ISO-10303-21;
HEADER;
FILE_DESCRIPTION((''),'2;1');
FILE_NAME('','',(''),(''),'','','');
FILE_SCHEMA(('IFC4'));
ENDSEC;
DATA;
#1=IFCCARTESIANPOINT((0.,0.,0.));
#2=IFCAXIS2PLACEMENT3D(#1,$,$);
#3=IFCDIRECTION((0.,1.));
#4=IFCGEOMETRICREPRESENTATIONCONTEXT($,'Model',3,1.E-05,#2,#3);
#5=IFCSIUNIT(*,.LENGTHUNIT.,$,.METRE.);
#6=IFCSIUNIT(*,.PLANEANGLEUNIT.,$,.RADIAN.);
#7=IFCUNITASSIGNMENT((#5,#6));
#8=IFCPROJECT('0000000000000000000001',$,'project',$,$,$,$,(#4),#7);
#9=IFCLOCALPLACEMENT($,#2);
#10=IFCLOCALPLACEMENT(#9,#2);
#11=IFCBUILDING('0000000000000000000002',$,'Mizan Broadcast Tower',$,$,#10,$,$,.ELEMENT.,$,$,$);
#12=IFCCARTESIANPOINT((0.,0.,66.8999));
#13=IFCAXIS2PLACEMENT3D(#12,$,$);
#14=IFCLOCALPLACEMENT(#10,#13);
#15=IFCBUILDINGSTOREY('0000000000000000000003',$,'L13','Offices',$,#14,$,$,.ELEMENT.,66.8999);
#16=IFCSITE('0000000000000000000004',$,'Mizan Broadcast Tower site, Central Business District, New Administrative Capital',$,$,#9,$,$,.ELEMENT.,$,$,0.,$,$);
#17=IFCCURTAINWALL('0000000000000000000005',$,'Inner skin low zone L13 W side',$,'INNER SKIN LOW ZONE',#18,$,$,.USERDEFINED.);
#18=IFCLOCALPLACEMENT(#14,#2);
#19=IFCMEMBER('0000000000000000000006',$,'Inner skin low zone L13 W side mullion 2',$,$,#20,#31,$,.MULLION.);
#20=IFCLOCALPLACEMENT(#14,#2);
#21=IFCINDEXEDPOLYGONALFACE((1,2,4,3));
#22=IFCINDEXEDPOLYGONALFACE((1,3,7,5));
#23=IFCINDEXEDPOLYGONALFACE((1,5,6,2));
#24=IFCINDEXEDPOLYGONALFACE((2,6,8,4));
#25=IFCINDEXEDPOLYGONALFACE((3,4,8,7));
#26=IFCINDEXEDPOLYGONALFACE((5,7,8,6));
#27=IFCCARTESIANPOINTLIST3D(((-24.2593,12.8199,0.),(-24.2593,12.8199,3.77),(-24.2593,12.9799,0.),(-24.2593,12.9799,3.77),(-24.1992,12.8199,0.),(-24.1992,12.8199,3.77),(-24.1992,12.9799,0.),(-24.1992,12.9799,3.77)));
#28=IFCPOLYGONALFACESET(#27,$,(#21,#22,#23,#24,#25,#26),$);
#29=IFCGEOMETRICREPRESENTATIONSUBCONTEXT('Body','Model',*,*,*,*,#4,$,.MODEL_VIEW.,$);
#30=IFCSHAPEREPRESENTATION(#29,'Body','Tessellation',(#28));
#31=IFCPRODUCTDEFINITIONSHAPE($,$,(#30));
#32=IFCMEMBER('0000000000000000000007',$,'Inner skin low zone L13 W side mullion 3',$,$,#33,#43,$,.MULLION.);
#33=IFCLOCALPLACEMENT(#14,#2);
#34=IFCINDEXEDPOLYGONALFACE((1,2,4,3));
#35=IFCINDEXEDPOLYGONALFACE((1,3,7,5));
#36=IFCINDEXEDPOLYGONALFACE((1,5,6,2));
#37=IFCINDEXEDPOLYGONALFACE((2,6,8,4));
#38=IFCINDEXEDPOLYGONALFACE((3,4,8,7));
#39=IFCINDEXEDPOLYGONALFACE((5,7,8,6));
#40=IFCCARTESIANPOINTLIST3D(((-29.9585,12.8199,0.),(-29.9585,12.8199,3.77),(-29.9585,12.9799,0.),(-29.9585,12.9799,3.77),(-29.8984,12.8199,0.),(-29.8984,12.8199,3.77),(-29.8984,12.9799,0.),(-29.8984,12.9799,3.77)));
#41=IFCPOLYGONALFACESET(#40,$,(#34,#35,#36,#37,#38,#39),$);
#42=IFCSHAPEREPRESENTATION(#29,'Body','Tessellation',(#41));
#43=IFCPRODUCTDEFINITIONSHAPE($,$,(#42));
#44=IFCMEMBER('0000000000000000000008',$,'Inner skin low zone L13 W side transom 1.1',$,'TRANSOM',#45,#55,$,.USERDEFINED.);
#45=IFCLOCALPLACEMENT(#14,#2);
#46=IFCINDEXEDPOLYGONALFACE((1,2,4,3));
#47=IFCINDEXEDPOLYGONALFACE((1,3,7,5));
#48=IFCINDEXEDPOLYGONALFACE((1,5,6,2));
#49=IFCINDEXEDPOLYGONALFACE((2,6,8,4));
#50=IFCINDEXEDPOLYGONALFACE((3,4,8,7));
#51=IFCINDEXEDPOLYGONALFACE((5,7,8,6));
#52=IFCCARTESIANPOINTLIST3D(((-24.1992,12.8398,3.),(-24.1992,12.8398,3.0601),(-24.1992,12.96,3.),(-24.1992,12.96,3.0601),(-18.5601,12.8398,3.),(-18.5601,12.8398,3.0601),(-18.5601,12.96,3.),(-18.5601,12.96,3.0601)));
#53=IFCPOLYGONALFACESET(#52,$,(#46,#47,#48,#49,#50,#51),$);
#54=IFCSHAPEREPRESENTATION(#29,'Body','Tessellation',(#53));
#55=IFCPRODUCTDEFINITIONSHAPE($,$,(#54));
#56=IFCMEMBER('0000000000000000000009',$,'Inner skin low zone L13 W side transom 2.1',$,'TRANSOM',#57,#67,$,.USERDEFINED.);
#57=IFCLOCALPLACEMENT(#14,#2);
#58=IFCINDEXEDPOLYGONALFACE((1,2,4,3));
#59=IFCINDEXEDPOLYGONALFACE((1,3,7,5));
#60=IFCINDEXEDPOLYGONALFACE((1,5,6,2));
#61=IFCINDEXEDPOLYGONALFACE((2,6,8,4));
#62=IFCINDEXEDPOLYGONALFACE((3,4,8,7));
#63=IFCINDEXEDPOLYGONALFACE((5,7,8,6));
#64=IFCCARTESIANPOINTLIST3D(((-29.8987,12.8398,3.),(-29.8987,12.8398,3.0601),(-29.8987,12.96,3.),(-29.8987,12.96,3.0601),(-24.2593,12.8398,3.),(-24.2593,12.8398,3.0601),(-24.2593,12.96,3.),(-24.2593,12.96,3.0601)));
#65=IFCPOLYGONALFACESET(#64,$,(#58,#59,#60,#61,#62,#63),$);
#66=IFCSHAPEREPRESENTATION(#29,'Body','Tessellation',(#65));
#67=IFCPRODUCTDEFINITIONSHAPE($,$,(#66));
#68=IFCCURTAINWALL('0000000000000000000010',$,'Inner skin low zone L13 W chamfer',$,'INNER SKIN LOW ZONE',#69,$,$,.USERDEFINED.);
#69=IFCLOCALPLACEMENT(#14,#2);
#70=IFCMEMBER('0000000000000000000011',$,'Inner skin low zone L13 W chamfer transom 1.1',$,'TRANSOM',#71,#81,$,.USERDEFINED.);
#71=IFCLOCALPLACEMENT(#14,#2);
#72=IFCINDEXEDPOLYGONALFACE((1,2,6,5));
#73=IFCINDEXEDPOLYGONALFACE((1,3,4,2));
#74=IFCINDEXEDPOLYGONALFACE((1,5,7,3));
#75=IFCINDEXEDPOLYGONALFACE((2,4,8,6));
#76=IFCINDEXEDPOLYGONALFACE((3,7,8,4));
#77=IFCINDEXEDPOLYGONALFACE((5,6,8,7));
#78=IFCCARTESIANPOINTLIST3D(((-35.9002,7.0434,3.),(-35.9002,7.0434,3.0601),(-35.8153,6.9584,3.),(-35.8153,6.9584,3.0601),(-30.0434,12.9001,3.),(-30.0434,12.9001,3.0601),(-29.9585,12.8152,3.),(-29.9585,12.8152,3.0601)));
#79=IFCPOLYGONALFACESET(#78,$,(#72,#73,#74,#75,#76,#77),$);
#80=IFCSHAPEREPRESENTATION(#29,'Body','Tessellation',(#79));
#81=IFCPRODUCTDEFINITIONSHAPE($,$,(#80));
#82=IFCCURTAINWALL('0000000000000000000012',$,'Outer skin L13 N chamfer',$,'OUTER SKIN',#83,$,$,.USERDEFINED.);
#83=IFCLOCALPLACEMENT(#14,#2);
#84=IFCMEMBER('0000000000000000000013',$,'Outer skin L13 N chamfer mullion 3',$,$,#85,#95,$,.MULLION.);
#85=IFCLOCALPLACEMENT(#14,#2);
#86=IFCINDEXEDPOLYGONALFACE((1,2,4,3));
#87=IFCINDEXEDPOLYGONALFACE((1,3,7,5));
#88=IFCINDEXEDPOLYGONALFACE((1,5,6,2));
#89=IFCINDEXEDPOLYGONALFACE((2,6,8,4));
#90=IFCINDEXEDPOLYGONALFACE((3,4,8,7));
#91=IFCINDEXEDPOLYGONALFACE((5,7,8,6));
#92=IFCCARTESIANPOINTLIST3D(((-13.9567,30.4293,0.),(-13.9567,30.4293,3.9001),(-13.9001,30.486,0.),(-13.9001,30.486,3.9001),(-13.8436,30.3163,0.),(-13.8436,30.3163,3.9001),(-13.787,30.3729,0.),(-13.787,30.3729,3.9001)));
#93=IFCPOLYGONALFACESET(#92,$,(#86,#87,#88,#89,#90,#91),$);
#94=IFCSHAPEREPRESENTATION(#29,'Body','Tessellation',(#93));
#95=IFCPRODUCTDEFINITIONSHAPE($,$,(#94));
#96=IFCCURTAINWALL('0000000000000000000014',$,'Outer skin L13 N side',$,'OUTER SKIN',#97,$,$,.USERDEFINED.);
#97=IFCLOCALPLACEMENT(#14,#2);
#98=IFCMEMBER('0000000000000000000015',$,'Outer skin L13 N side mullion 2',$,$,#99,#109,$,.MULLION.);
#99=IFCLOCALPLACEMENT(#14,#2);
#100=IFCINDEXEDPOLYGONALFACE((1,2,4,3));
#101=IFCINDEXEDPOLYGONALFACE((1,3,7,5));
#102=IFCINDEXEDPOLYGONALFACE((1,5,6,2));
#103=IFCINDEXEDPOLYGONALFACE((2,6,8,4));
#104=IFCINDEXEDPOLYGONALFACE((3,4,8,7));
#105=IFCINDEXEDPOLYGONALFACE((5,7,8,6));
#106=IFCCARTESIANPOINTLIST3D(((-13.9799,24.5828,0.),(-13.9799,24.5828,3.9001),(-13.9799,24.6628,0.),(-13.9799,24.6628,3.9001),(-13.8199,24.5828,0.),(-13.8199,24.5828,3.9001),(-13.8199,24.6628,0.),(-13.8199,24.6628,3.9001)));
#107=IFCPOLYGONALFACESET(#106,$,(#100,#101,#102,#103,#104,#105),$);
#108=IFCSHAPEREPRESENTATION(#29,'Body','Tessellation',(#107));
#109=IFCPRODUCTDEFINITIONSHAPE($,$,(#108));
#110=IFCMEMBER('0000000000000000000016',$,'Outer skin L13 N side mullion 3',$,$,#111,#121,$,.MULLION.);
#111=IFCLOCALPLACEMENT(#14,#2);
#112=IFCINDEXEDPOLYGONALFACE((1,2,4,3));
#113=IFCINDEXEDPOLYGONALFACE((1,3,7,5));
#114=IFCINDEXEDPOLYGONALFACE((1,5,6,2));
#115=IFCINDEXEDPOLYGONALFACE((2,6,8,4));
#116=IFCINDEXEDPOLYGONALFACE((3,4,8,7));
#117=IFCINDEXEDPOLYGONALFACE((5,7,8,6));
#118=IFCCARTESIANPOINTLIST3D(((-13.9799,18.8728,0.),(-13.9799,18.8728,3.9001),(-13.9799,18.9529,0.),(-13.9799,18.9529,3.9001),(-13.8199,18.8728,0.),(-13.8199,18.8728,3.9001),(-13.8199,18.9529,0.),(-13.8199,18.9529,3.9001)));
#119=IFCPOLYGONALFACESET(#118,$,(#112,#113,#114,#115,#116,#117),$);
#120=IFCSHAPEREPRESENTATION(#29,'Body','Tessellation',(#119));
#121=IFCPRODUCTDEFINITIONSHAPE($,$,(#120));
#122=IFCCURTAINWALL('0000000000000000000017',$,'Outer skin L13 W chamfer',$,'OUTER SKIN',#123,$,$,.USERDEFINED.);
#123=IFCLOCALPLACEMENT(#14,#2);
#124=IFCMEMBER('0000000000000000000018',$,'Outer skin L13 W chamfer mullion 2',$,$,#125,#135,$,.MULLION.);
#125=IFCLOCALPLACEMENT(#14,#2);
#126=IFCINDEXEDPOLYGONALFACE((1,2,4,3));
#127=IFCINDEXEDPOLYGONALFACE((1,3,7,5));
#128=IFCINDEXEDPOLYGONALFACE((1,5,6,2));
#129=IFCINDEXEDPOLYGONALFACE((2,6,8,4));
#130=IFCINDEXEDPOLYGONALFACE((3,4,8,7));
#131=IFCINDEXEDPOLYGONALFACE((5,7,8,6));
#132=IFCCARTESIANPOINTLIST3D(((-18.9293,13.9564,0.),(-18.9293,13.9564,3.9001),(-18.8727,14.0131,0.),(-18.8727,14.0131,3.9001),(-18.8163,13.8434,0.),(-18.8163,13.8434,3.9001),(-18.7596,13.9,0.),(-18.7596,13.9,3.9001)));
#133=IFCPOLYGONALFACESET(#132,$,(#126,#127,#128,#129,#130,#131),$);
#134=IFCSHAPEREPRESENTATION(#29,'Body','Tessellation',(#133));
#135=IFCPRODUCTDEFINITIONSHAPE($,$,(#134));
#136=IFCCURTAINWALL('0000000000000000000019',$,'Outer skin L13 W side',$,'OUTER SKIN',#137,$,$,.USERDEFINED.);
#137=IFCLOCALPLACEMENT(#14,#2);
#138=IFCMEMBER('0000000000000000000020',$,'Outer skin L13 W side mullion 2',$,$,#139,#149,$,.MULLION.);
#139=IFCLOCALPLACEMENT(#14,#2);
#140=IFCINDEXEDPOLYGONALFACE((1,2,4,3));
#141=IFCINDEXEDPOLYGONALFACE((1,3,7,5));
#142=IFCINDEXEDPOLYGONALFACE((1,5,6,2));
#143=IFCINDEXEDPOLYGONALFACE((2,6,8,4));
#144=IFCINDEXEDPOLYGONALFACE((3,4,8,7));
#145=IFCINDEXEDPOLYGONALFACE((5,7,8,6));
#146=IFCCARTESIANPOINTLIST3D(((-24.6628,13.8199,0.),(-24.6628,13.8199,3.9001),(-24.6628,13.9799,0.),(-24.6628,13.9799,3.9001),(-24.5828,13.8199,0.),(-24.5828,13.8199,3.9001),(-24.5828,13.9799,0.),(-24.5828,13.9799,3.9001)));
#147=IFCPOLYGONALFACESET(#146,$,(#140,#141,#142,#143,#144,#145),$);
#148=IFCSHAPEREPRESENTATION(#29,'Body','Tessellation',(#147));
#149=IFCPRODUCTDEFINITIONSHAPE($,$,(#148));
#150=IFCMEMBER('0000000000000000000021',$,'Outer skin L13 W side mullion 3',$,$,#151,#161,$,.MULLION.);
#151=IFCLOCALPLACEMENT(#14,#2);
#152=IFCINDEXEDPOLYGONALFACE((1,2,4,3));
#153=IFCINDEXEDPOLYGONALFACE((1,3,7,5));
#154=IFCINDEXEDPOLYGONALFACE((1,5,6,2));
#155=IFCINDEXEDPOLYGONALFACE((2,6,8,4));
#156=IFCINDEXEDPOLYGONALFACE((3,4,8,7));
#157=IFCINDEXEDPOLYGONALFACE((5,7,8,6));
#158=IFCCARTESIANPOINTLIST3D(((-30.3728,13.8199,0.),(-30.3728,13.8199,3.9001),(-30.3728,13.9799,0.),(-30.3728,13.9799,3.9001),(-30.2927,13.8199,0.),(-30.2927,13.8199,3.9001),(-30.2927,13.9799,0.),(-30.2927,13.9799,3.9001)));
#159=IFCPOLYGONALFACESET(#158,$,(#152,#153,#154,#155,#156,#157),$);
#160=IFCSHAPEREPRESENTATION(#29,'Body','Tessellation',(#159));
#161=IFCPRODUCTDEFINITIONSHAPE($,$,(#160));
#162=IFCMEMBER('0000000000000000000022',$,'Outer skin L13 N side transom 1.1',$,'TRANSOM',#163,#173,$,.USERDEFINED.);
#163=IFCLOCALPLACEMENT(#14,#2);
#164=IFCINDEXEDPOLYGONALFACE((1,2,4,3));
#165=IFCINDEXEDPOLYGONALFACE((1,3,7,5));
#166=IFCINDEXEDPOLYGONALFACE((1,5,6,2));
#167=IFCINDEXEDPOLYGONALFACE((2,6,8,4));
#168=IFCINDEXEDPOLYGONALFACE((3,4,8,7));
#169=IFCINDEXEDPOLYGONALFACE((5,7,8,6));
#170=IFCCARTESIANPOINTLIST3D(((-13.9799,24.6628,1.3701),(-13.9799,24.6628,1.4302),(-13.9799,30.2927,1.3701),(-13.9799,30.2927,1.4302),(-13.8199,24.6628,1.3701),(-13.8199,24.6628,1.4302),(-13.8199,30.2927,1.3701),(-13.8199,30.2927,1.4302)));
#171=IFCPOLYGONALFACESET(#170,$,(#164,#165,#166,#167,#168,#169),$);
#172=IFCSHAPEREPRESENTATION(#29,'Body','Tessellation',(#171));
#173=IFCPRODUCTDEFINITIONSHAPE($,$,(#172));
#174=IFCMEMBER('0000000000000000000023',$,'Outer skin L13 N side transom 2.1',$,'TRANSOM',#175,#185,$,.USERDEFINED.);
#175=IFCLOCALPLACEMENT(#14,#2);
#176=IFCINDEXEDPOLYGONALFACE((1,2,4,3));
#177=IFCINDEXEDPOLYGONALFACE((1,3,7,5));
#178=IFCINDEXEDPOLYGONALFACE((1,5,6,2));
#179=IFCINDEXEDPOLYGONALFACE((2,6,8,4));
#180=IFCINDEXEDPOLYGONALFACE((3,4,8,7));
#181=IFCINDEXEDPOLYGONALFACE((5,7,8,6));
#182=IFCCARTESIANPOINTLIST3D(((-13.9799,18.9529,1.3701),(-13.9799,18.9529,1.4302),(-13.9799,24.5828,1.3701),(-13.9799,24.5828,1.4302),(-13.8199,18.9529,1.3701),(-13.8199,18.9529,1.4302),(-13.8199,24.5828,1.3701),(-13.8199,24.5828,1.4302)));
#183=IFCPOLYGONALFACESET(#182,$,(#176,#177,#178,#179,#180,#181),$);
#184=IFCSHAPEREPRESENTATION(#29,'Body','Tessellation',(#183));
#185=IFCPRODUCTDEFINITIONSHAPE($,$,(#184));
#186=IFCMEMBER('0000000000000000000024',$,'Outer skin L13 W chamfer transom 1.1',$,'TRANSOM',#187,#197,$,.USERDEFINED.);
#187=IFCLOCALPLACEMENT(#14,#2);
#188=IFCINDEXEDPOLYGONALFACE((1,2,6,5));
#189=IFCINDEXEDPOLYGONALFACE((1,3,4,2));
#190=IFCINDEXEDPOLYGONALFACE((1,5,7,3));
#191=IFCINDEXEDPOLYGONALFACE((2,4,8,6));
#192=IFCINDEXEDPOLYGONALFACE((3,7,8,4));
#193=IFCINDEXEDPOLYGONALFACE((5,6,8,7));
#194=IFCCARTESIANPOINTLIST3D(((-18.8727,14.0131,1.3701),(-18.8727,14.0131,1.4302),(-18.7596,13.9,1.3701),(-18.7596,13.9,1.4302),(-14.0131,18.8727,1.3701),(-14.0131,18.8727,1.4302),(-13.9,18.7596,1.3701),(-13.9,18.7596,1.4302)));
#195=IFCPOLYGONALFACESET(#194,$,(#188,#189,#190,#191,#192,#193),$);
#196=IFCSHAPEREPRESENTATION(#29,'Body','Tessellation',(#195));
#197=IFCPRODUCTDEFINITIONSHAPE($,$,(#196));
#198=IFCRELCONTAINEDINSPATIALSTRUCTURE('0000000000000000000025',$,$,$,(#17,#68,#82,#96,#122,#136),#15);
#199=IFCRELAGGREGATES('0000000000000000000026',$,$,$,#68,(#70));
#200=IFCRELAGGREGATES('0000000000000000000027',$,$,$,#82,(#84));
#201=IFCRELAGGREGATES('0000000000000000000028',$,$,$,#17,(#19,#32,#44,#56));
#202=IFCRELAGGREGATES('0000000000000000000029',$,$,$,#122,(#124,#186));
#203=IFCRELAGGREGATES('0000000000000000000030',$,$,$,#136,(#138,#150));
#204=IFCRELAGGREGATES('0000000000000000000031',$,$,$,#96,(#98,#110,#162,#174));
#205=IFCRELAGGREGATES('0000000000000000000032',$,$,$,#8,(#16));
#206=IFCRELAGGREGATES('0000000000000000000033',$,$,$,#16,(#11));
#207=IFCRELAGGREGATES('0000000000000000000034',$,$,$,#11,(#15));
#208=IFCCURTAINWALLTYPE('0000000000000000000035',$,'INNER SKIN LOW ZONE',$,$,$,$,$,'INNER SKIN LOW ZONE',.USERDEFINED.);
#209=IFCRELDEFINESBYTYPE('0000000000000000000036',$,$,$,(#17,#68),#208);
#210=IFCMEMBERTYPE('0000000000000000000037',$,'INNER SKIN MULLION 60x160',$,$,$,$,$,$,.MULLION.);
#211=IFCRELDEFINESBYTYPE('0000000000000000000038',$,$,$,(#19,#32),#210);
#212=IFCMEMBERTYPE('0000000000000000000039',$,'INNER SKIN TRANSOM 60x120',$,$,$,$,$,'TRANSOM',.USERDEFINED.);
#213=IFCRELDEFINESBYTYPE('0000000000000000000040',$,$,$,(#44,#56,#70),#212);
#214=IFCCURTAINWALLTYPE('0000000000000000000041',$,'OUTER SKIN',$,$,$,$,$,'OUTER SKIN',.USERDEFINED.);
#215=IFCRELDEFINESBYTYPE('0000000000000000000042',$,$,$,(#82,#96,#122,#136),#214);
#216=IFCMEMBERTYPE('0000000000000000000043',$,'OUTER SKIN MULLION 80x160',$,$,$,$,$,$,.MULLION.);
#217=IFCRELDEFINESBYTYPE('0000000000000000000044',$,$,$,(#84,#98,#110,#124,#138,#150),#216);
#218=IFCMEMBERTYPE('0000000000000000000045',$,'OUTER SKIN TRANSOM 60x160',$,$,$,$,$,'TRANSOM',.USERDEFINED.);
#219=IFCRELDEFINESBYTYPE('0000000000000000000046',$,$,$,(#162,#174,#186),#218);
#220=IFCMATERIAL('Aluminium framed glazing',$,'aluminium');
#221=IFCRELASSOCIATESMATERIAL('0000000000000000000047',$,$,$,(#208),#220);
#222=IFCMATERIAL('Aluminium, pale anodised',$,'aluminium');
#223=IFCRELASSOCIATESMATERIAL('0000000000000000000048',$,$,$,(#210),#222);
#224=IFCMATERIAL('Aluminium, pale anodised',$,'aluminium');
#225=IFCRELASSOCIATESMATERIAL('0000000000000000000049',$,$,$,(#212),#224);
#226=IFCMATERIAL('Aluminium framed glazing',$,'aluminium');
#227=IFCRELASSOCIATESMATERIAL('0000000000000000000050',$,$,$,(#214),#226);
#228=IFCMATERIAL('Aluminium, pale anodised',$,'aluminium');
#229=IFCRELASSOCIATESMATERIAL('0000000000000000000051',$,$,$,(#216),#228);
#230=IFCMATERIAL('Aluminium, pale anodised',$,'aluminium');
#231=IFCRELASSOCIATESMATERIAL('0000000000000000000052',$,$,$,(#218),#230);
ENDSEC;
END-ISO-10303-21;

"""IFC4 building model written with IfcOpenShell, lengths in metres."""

from ifc_helpers import new_model, si_unit, direction, frame, origin, origin_2d, place, context, subcontext, project, spatial, rectangle, extrude, material, material_profile, profile_set, type_object, element, aggregate, save


model = new_model("IFC4")

# Units and contexts
model_context = context("Model", 3, precision=1e-05, world=origin(), true_north=direction((0.0, 1.0)))
body_context = subcontext(model_context, "Body", "Model", "MODEL_VIEW")
ifc_project = project(units=[si_unit("LENGTHUNIT", "METRE"), si_unit("PLANEANGLEUNIT", "RADIAN")], contexts=[model_context])

# Site, building, storey
site_placement = place(None, origin())
site = spatial("IfcSite", under=ifc_project, at=site_placement, Name="Mizan Broadcast Tower site, Central Business District, New Administrative Capital", CompositionType="ELEMENT", RefElevation=0.0)
building_placement = place(site_placement, origin())
building = spatial("IfcBuilding", under=site, at=building_placement, Name="Mizan Broadcast Tower", CompositionType="ELEMENT")
storey_placement = place(building_placement, frame((0.0, 0.0, 66.8999)))
storey = spatial("IfcBuildingStorey", under=building, at=storey_placement, Name="L13", Description="Offices", CompositionType="ELEMENT", Elevation=66.8999)

# Curtain wall, members
ifc_material_1 = material(Name="Aluminium framed glazing", Category="aluminium")
curtain_wall_type_1 = type_object("IfcCurtainWallType", Name="INNER SKIN LOW ZONE", ElementType="INNER SKIN LOW ZONE", PredefinedType="USERDEFINED", material=ifc_material_1)
curtain_wall_1_placement = place(storey_placement, origin())
curtain_wall_1 = element("IfcCurtainWall", 1, at=curtain_wall_1_placement, inside=storey, type_object=curtain_wall_type_1, Name="Inner skin low zone L13 W side", ObjectType="INNER SKIN LOW ZONE", PredefinedType="USERDEFINED")
ifc_material_2 = material(Name="Aluminium, pale anodised", Category="aluminium")
ifc_material_profile_1 = material_profile(ifc_material_2, rectangle(XDim=0.1599, YDim=0.0601, at=origin_2d()), Name="MULLION 160x60")
ifc_profile_set_1 = profile_set([ifc_material_profile_1], Name="Aluminium, pale anodised")
member_type_1 = type_object("IfcMemberType", Name="INNER SKIN MULLION 60x160", PredefinedType="MULLION", material=ifc_profile_set_1)
member_1_placement = place(storey_placement, frame((-24.2292, 12.8999, 0.0), z_axis=(0.0, 0.0, 1.0), x_axis=(0.0, -1.0, 0.0)))
member_1 = element("IfcMember", 2, at=member_1_placement, type_object=member_type_1, Name="Inner skin low zone L13 W side mullion 2", PredefinedType="MULLION", context=body_context, shape_type="SweptSolid", body=[
    extrude(rectangle(XDim=0.1599, YDim=0.0601, at=origin_2d()), origin(), (0.0, 0.0, 1.0), 3.77),
])
member_2_placement = place(storey_placement, frame((-29.9285, 12.8999, 0.0), z_axis=(0.0, 0.0, 1.0), x_axis=(0.0, -1.0, 0.0)))
member_2 = element("IfcMember", 3, at=member_2_placement, type_object=member_type_1, Name="Inner skin low zone L13 W side mullion 3", PredefinedType="MULLION", context=body_context, shape_type="SweptSolid", body=[
    extrude(rectangle(XDim=0.1599, YDim=0.0601, at=origin_2d()), origin(), (0.0, 0.0, 1.0), 3.77),
])
ifc_material_3 = material(Name="Aluminium, pale anodised", Category="aluminium")
ifc_material_profile_2 = material_profile(ifc_material_3, rectangle(XDim=0.1201, YDim=0.0601, at=origin_2d()), Name="TRANSOM 120x60")
ifc_profile_set_2 = profile_set([ifc_material_profile_2], Name="Aluminium, pale anodised")
member_type_2 = type_object("IfcMemberType", Name="INNER SKIN TRANSOM 60x120", ElementType="TRANSOM", PredefinedType="USERDEFINED", material=ifc_profile_set_2)
member_3_placement = place(storey_placement, frame((-18.5601, 12.8999, 3.03), z_axis=(-1.0, 0.0, 0.0), x_axis=(0.0, -1.0, 0.0)))
member_3 = element("IfcMember", 4, at=member_3_placement, type_object=member_type_2, Name="Inner skin low zone L13 W side transom 1.1", ObjectType="TRANSOM", PredefinedType="USERDEFINED", context=body_context, shape_type="SweptSolid", body=[
    extrude(rectangle(XDim=0.1201, YDim=0.0601, at=origin_2d()), origin(), (0.0, 0.0, 1.0), 5.6392),
])
member_4_placement = place(storey_placement, frame((-24.2593, 12.8999, 3.03), z_axis=(-1.0, 0.0, 0.0), x_axis=(0.0, -1.0, 0.0)))
member_4 = element("IfcMember", 5, at=member_4_placement, type_object=member_type_2, Name="Inner skin low zone L13 W side transom 2.1", ObjectType="TRANSOM", PredefinedType="USERDEFINED", context=body_context, shape_type="SweptSolid", body=[
    extrude(rectangle(XDim=0.1201, YDim=0.0601, at=origin_2d()), origin(), (0.0, 0.0, 1.0), 5.6394),
])

# Curtain walls, members
curtain_wall_2_placement = place(storey_placement, origin())
curtain_wall_2 = element("IfcCurtainWall", 6, at=curtain_wall_2_placement, inside=storey, type_object=curtain_wall_type_1, Name="Inner skin low zone L13 W chamfer", ObjectType="INNER SKIN LOW ZONE", PredefinedType="USERDEFINED")
member_5_placement = place(storey_placement, frame((-30.001, 12.8577, 3.03), z_axis=(-0.707107, -0.707107, 0.0), x_axis=(0.707107, -0.707107, 0.0)))
member_5 = element("IfcMember", 7, at=member_5_placement, type_object=member_type_2, Name="Inner skin low zone L13 W chamfer transom 1.1", ObjectType="TRANSOM", PredefinedType="USERDEFINED", context=body_context, shape_type="SweptSolid", body=[
    extrude(rectangle(XDim=0.1201, YDim=0.0601, at=origin_2d()), origin(), (0.0, 0.0, 1.0), 8.2827),
])
aggregate(curtain_wall_2, [member_5])
ifc_material_4 = material(Name="Aluminium framed glazing", Category="aluminium")
curtain_wall_type_2 = type_object("IfcCurtainWallType", Name="OUTER SKIN", ElementType="OUTER SKIN", PredefinedType="USERDEFINED", material=ifc_material_4)
curtain_wall_3_placement = place(storey_placement, origin())
curtain_wall_3 = element("IfcCurtainWall", 8, at=curtain_wall_3_placement, inside=storey, type_object=curtain_wall_type_2, Name="Outer skin L13 N chamfer", ObjectType="OUTER SKIN", PredefinedType="USERDEFINED")
ifc_material_5 = material(Name="Aluminium, pale anodised", Category="aluminium")
ifc_material_profile_3 = material_profile(ifc_material_5, rectangle(XDim=0.1599, YDim=0.0801, at=origin_2d()), Name="MULLION 160x80")
ifc_profile_set_3 = profile_set([ifc_material_profile_3], Name="Aluminium, pale anodised")
member_type_3 = type_object("IfcMemberType", Name="OUTER SKIN MULLION 80x160", PredefinedType="MULLION", material=ifc_profile_set_3)
member_6_placement = place(storey_placement, frame((-13.8718, 30.4011, 0.0), z_axis=(0.0, 0.0, 1.0), x_axis=(0.707107, -0.707107, 0.0)))
member_6 = element("IfcMember", 9, at=member_6_placement, type_object=member_type_3, Name="Outer skin L13 N chamfer mullion 3", PredefinedType="MULLION", context=body_context, shape_type="SweptSolid", body=[
    extrude(rectangle(XDim=0.1599, YDim=0.0801, at=origin_2d()), origin(), (0.0, 0.0, 1.0), 3.9001),
])
aggregate(curtain_wall_3, [member_6])

# Curtain wall, members
curtain_wall_4_placement = place(storey_placement, origin())
curtain_wall_4 = element("IfcCurtainWall", 10, at=curtain_wall_4_placement, inside=storey, type_object=curtain_wall_type_2, Name="Outer skin L13 N side", ObjectType="OUTER SKIN", PredefinedType="USERDEFINED")
member_7_placement = place(storey_placement, frame((-13.8999, 24.6228, 0.0), z_axis=(0.0, 0.0, 1.0), x_axis=(1.0, 0.0, 0.0)))
member_7 = element("IfcMember", 11, at=member_7_placement, type_object=member_type_3, Name="Outer skin L13 N side mullion 2", PredefinedType="MULLION", context=body_context, shape_type="SweptSolid", body=[
    extrude(rectangle(XDim=0.1599, YDim=0.0801, at=origin_2d()), origin(), (0.0, 0.0, 1.0), 3.9001),
])
member_8_placement = place(storey_placement, frame((-13.8999, 18.9128, 0.0), z_axis=(0.0, 0.0, 1.0), x_axis=(1.0, 0.0, 0.0)))
member_8 = element("IfcMember", 12, at=member_8_placement, type_object=member_type_3, Name="Outer skin L13 N side mullion 3", PredefinedType="MULLION", context=body_context, shape_type="SweptSolid", body=[
    extrude(rectangle(XDim=0.1599, YDim=0.0801, at=origin_2d()), origin(), (0.0, 0.0, 1.0), 3.9001),
])

# Curtain wall, member
curtain_wall_5_placement = place(storey_placement, origin())
curtain_wall_5 = element("IfcCurtainWall", 13, at=curtain_wall_5_placement, inside=storey, type_object=curtain_wall_type_2, Name="Outer skin L13 W chamfer", ObjectType="OUTER SKIN", PredefinedType="USERDEFINED")
member_9_placement = place(storey_placement, frame((-18.8445, 13.9282, 0.0), z_axis=(0.0, 0.0, 1.0), x_axis=(0.707107, -0.707107, 0.0)))
member_9 = element("IfcMember", 14, at=member_9_placement, type_object=member_type_3, Name="Outer skin L13 W chamfer mullion 2", PredefinedType="MULLION", context=body_context, shape_type="SweptSolid", body=[
    extrude(rectangle(XDim=0.1599, YDim=0.0801, at=origin_2d()), origin(), (0.0, 0.0, 1.0), 3.9001),
])

# Curtain wall, members
curtain_wall_6_placement = place(storey_placement, origin())
curtain_wall_6 = element("IfcCurtainWall", 15, at=curtain_wall_6_placement, inside=storey, type_object=curtain_wall_type_2, Name="Outer skin L13 W side", ObjectType="OUTER SKIN", PredefinedType="USERDEFINED")
member_10_placement = place(storey_placement, frame((-24.6228, 13.8999, 0.0), z_axis=(0.0, 0.0, 1.0), x_axis=(0.0, -1.0, 0.0)))
member_10 = element("IfcMember", 16, at=member_10_placement, type_object=member_type_3, Name="Outer skin L13 W side mullion 2", PredefinedType="MULLION", context=body_context, shape_type="SweptSolid", body=[
    extrude(rectangle(XDim=0.1599, YDim=0.0801, at=origin_2d()), origin(), (0.0, 0.0, 1.0), 3.9001),
])
member_11_placement = place(storey_placement, frame((-30.3328, 13.8999, 0.0), z_axis=(0.0, 0.0, 1.0), x_axis=(0.0, -1.0, 0.0)))
member_11 = element("IfcMember", 17, at=member_11_placement, type_object=member_type_3, Name="Outer skin L13 W side mullion 3", PredefinedType="MULLION", context=body_context, shape_type="SweptSolid", body=[
    extrude(rectangle(XDim=0.1599, YDim=0.0801, at=origin_2d()), origin(), (0.0, 0.0, 1.0), 3.9001),
])

# Members
ifc_material_6 = material(Name="Aluminium, pale anodised", Category="aluminium")
ifc_material_profile_4 = material_profile(ifc_material_6, rectangle(XDim=0.1599, YDim=0.0601, at=origin_2d()), Name="TRANSOM 160x60")
ifc_profile_set_4 = profile_set([ifc_material_profile_4], Name="Aluminium, pale anodised")
member_type_4 = type_object("IfcMemberType", Name="OUTER SKIN TRANSOM 60x160", ElementType="TRANSOM", PredefinedType="USERDEFINED", material=ifc_profile_set_4)
member_12_placement = place(storey_placement, frame((-13.8999, 30.2927, 1.4001), z_axis=(0.0, -1.0, 0.0), x_axis=(1.0, 0.0, 0.0)))
member_12 = element("IfcMember", 18, at=member_12_placement, type_object=member_type_4, Name="Outer skin L13 N side transom 1.1", ObjectType="TRANSOM", PredefinedType="USERDEFINED", context=body_context, shape_type="SweptSolid", body=[
    extrude(rectangle(XDim=0.1599, YDim=0.0601, at=origin_2d()), origin(), (0.0, 0.0, 1.0), 5.6299),
])
member_13_placement = place(storey_placement, frame((-13.8999, 24.5828, 1.4001), z_axis=(0.0, -1.0, 0.0), x_axis=(1.0, 0.0, 0.0)))
member_13 = element("IfcMember", 19, at=member_13_placement, type_object=member_type_4, Name="Outer skin L13 N side transom 2.1", ObjectType="TRANSOM", PredefinedType="USERDEFINED", context=body_context, shape_type="SweptSolid", body=[
    extrude(rectangle(XDim=0.1599, YDim=0.0601, at=origin_2d()), origin(), (0.0, 0.0, 1.0), 5.6299),
])
member_14_placement = place(storey_placement, frame((-13.9565, 18.8162, 1.4001), z_axis=(-0.707107, -0.707107, 0.0), x_axis=(0.707107, -0.707107, 0.0)))
member_14 = element("IfcMember", 20, at=member_14_placement, type_object=member_type_4, Name="Outer skin L13 W chamfer transom 1.1", ObjectType="TRANSOM", PredefinedType="USERDEFINED", context=body_context, shape_type="SweptSolid", body=[
    extrude(rectangle(XDim=0.1599, YDim=0.0601, at=origin_2d()), origin(), (0.0, 0.0, 1.0), 6.8726),
])

aggregate(curtain_wall_1, [member_1, member_2, member_3, member_4])
aggregate(curtain_wall_5, [member_9, member_14])
aggregate(curtain_wall_6, [member_10, member_11])
aggregate(curtain_wall_4, [member_7, member_8, member_12, member_13])

save(model, "model.ifc")
